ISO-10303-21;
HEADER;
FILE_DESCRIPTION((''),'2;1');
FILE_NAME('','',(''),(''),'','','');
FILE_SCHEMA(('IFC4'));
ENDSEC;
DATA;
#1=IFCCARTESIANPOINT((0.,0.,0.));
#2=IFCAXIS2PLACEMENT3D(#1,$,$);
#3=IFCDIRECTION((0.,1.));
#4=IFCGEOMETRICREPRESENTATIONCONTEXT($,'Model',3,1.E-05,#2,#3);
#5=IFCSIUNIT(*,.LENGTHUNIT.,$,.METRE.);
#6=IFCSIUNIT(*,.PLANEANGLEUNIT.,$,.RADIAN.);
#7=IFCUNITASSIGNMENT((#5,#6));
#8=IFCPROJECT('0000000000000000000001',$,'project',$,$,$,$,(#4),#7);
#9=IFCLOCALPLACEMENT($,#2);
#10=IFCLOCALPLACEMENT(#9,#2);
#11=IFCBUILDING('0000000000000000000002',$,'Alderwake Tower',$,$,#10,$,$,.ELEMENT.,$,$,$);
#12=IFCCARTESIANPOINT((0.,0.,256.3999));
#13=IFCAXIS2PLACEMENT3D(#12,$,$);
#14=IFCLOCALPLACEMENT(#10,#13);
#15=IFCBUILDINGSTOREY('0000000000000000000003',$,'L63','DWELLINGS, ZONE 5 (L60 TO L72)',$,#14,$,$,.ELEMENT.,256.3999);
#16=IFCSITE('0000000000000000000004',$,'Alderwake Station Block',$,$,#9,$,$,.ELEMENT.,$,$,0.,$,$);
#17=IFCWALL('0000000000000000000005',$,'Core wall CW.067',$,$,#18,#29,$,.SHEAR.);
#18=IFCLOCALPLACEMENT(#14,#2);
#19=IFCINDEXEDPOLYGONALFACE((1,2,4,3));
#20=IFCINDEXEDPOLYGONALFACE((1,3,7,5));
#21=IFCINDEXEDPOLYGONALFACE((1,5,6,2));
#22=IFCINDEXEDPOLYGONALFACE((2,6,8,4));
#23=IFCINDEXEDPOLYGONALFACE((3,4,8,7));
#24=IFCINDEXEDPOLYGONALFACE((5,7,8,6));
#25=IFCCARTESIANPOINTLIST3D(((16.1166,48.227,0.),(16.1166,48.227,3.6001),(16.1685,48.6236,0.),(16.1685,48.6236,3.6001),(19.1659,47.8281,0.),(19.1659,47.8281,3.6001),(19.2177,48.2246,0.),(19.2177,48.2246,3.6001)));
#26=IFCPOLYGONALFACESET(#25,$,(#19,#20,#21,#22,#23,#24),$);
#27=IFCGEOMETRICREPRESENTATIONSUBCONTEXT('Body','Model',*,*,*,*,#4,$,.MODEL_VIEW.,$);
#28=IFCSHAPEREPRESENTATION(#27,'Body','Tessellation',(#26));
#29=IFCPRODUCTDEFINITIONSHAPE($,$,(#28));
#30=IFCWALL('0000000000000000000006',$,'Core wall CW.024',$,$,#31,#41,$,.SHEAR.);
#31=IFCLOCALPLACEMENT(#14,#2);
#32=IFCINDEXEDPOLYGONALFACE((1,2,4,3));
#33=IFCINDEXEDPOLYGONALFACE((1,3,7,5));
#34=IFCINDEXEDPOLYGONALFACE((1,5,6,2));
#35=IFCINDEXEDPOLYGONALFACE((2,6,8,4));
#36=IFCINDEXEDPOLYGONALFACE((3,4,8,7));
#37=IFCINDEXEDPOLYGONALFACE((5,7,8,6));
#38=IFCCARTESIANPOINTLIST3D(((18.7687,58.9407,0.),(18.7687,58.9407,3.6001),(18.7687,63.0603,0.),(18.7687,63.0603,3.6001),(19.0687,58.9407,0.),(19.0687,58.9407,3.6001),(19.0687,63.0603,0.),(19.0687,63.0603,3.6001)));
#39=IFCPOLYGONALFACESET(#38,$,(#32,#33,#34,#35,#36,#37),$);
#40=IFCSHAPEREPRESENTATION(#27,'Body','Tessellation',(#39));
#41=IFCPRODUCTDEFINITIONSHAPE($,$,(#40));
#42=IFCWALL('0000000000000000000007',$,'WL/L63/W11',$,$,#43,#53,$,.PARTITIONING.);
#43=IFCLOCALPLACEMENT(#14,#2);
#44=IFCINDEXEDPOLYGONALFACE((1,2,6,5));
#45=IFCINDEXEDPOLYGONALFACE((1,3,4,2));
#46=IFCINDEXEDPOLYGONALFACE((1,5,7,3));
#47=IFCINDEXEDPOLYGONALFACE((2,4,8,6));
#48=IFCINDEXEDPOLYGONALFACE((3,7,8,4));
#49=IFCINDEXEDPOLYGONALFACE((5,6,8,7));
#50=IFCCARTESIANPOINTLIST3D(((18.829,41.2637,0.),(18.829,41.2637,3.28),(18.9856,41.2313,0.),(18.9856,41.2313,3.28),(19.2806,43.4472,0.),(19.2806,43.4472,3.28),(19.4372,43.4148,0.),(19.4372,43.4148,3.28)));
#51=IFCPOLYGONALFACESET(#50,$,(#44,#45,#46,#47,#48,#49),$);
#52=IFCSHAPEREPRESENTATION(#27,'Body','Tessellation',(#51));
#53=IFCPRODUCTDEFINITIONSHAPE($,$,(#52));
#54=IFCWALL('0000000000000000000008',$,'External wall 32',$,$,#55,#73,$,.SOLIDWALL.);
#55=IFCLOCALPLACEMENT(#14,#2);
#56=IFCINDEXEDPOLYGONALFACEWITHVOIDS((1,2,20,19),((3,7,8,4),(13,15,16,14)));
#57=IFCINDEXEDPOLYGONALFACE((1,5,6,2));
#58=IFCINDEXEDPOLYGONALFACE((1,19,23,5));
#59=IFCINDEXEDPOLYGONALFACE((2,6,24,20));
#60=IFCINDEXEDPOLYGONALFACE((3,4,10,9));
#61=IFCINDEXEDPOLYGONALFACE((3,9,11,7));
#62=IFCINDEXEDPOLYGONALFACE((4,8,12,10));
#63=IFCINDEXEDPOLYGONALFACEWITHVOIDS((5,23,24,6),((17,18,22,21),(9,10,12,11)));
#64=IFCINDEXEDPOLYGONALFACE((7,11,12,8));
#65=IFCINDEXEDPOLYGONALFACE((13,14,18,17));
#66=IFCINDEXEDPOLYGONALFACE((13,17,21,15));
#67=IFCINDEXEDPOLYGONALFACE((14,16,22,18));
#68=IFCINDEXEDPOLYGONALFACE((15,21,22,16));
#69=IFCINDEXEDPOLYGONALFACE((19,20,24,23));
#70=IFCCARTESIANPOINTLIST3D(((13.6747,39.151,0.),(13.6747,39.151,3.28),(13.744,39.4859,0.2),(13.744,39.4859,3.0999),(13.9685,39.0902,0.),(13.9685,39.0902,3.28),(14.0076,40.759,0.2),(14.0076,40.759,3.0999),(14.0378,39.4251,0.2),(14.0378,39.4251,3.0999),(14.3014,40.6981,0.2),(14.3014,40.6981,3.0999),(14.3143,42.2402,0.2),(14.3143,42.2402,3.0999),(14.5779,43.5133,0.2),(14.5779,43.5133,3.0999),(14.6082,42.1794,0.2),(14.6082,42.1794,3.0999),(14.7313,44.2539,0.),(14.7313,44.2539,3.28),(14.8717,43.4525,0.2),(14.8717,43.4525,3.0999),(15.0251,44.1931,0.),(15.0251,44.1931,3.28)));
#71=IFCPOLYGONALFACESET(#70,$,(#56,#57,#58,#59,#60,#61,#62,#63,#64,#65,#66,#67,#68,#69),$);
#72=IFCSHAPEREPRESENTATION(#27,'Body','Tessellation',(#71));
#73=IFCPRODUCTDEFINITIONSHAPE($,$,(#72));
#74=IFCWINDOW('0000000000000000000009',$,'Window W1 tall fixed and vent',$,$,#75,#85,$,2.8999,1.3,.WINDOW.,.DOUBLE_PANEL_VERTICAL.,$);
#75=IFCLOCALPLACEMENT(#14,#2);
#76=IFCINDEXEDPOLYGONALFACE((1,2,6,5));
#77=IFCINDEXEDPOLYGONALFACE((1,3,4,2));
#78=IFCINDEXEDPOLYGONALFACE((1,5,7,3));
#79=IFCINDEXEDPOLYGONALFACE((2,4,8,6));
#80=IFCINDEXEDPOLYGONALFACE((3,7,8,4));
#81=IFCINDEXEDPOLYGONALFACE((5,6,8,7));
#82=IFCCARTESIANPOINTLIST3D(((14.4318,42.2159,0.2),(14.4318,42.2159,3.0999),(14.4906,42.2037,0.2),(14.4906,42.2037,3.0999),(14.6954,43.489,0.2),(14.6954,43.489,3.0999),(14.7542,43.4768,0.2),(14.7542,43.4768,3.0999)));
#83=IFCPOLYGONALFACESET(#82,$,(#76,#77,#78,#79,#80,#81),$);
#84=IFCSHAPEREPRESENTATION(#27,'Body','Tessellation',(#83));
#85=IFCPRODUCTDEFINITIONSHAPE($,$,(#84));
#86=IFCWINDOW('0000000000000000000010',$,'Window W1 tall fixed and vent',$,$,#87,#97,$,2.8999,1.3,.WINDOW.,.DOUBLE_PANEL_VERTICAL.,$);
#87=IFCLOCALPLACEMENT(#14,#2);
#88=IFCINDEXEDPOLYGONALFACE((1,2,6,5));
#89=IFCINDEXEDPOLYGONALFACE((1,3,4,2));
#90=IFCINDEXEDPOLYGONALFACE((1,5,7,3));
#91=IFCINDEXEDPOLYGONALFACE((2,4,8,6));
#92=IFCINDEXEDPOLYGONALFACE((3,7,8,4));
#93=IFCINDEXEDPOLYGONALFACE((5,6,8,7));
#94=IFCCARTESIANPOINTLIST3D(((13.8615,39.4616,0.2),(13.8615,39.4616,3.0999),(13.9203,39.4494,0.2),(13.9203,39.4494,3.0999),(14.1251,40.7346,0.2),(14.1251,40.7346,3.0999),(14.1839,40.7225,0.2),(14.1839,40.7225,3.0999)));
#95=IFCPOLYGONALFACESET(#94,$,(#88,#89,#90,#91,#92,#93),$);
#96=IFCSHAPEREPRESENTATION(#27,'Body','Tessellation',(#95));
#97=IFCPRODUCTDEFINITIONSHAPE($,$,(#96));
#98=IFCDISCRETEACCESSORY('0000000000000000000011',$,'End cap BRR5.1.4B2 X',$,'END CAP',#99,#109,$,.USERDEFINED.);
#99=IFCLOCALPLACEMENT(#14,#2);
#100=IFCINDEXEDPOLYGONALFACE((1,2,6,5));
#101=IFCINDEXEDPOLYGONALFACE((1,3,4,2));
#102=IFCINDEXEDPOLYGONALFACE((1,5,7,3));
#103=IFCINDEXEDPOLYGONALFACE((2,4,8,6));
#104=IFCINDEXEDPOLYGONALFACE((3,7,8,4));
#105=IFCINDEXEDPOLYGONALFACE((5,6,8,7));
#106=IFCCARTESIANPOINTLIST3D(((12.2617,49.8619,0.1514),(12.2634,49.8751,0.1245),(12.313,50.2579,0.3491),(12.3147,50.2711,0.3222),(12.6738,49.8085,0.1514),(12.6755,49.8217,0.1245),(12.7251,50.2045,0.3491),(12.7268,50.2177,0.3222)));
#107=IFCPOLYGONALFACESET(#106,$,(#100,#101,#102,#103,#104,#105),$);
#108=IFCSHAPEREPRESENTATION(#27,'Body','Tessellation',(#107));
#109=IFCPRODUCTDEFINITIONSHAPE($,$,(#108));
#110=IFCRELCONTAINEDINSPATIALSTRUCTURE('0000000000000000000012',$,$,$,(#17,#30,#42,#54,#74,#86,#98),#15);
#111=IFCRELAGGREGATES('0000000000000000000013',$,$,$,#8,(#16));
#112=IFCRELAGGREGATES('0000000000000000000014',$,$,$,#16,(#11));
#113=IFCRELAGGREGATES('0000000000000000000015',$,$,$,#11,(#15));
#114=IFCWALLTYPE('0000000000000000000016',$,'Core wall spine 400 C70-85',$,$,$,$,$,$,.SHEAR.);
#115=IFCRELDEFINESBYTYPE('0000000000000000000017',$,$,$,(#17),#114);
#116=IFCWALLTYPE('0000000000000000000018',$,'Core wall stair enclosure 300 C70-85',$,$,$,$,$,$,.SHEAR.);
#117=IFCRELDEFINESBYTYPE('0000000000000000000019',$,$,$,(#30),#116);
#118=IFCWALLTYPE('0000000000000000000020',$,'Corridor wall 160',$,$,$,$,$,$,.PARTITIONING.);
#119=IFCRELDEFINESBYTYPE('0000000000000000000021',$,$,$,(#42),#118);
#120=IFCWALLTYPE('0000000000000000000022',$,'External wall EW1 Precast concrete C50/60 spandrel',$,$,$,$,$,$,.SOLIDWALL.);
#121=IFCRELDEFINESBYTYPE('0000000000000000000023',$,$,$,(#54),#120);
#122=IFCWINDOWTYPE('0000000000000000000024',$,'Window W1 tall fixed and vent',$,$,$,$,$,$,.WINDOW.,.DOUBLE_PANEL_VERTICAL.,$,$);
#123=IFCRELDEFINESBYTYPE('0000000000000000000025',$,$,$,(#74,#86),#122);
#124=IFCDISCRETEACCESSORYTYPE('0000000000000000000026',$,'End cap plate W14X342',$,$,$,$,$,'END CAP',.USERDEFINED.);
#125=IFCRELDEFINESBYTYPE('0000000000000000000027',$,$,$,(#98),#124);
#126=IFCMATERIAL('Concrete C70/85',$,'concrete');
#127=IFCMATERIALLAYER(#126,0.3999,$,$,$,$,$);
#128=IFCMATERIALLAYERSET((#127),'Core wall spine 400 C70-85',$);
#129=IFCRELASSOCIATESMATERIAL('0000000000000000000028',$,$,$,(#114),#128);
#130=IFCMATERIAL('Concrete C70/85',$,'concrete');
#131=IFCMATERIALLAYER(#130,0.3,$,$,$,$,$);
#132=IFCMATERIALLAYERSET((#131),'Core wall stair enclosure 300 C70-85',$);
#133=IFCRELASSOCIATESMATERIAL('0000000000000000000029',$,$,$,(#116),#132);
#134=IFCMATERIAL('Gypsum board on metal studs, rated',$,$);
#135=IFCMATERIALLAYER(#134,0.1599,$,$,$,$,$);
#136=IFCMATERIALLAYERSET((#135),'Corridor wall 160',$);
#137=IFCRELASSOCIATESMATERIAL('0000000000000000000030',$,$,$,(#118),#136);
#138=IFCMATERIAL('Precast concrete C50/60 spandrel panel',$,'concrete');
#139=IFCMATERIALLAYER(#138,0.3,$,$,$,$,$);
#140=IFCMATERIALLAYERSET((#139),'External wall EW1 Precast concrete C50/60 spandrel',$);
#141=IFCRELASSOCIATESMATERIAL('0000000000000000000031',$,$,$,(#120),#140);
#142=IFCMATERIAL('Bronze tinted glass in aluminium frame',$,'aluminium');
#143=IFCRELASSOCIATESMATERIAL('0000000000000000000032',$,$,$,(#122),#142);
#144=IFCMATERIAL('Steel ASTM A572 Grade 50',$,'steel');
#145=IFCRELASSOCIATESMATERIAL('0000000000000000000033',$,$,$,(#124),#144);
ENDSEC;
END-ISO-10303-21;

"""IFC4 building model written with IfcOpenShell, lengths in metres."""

from ifc_helpers import new_model, si_unit, direction, frame, frame_2d, origin, origin_2d, place, context, subcontext, project, spatial, rectangle, extrude, material, layer, layer_set, material_profile, profile_set, type_object, element, fill, save


model = new_model("IFC4")

# Units and contexts
model_context = context("Model", 3, precision=1e-05, world=origin(), true_north=direction((0.0, 1.0)))
body_context = subcontext(model_context, "Body", "Model", "MODEL_VIEW")
ifc_project = project(units=[si_unit("LENGTHUNIT", "METRE"), si_unit("PLANEANGLEUNIT", "RADIAN")], contexts=[model_context])

# Site, building, storey
site_placement = place(None, origin())
site = spatial("IfcSite", under=ifc_project, at=site_placement, Name="Alderwake Station Block", CompositionType="ELEMENT", RefElevation=0.0)
building_placement = place(site_placement, origin())
building = spatial("IfcBuilding", under=site, at=building_placement, Name="Alderwake Tower", CompositionType="ELEMENT")
storey_placement = place(building_placement, frame((0.0, 0.0, 256.3999)))
storey = spatial("IfcBuildingStorey", under=building, at=storey_placement, Name="L63", Description="DWELLINGS, ZONE 5 (L60 TO L72)", CompositionType="ELEMENT", Elevation=256.3999)

# Shared definitions
ifc_material_1 = material(Name="Concrete C70/85", Category="concrete")
ifc_layer_1 = layer(ifc_material_1, 0.3999)
ifc_layer_set_1 = layer_set([ifc_layer_1], Name="Core wall spine 400 C70-85")
wall_type_1 = type_object("IfcWallType", Name="Core wall spine 400 C70-85", PredefinedType="SHEAR", material=ifc_layer_set_1)

# Walls
wall_1_placement = place(storey_placement, frame((16.1426, 48.4253, 0.0), z_axis=(0.0, 0.0, 1.0), x_axis=(0.991551, -0.129719, 0.0)))
element("IfcWall", 1, at=wall_1_placement, inside=storey, type_object=wall_type_1, Name="Core wall CW.067", PredefinedType="SHEAR", context=body_context, shape_type="SweptSolid", body=[
    extrude(rectangle(XDim=3.0752, YDim=0.3999, at=frame_2d((1.5376, 0.0))), origin(), (0.0, 0.0, 1.0), 3.6001),
])
ifc_material_2 = material(Name="Concrete C70/85", Category="concrete")
ifc_layer_2 = layer(ifc_material_2, 0.3)
ifc_layer_set_2 = layer_set([ifc_layer_2], Name="Core wall stair enclosure 300 C70-85")
wall_type_2 = type_object("IfcWallType", Name="Core wall stair enclosure 300 C70-85", PredefinedType="SHEAR", material=ifc_layer_set_2)
wall_2_placement = place(storey_placement, frame((18.9187, 58.9407, 0.0), z_axis=(0.0, 0.0, 1.0), x_axis=(0.0, 1.0, 0.0)))
element("IfcWall", 2, at=wall_2_placement, inside=storey, type_object=wall_type_2, Name="Core wall CW.024", PredefinedType="SHEAR", context=body_context, shape_type="SweptSolid", body=[
    extrude(rectangle(XDim=4.1196, YDim=0.3, at=frame_2d((2.0598, 0.0))), origin(), (0.0, 0.0, 1.0), 3.6001),
])
ifc_material_3 = material(Name="Gypsum board on metal studs, rated")
ifc_layer_3 = layer(ifc_material_3, 0.1599)
ifc_layer_set_3 = layer_set([ifc_layer_3], Name="Corridor wall 160")
wall_type_3 = type_object("IfcWallType", Name="Corridor wall 160", PredefinedType="PARTITIONING", material=ifc_layer_set_3)
wall_3_placement = place(storey_placement, frame((19.3589, 43.4309, 0.0), z_axis=(0.0, 0.0, 1.0), x_axis=(-0.202555, -0.979271, 0.0)))
element("IfcWall", 3, at=wall_3_placement, inside=storey, type_object=wall_type_3, Name="WL/L63/W11", PredefinedType="PARTITIONING", context=body_context, shape_type="SweptSolid", body=[
    extrude(rectangle(XDim=2.2297, YDim=0.1599, at=frame_2d((1.1147, 0.0))), origin(), (0.0, 0.0, 1.0), 3.28),
])

# Wall, openings, windows
ifc_material_4 = material(Name="Precast concrete C50/60 spandrel panel", Category="concrete")
ifc_layer_4 = layer(ifc_material_4, 0.3)
ifc_layer_set_4 = layer_set([ifc_layer_4], Name="External wall EW1 Precast concrete C50/60 spandrel")
wall_type_4 = type_object("IfcWallType", Name="External wall EW1 Precast concrete C50/60 spandrel", PredefinedType="SOLIDWALL", material=ifc_layer_set_4)
wall_4_placement = place(storey_placement, frame((14.8782, 44.2234, 0.0), z_axis=(0.0, 0.0, 1.0), x_axis=(-0.202761, -0.979228, 0.0)))
wall_4 = element("IfcWall", 4, at=wall_4_placement, inside=storey, type_object=wall_type_4, Name="External wall 32", PredefinedType="SOLIDWALL", context=body_context, shape_type="SweptSolid", body=[
    extrude(rectangle(XDim=5.2112, YDim=0.3, at=frame_2d((2.6055, 0.0))), origin(), (0.0, 0.0, 1.0), 3.28),
])
opening_1_placement = place(wall_4_placement, frame((0.7563, 0.0, 0.2)))
opening_1 = element("IfcOpeningElement", 5, at=opening_1_placement, cuts=wall_4, PredefinedType="OPENING", context=body_context, shape_type="SweptSolid", body=[
    extrude(rectangle(XDim=1.3, YDim=2.8999, at=frame_2d((0.6499, 1.45))), frame((0.0, 0.1599, 0.0), z_axis=(0.0, -1.0, 0.0), x_axis=(1.0, 0.0, 0.0)), (0.0, 0.0, 1.0), 0.3201),
])
opening_2_placement = place(wall_4_placement, frame((3.5691, 0.0, 0.2)))
opening_2 = element("IfcOpeningElement", 6, at=opening_2_placement, cuts=wall_4, PredefinedType="OPENING", context=body_context, shape_type="SweptSolid", body=[
    extrude(rectangle(XDim=1.3, YDim=2.8999, at=frame_2d((0.6499, 1.45))), frame((0.0, 0.1599, 0.0), z_axis=(0.0, -1.0, 0.0), x_axis=(1.0, 0.0, 0.0)), (0.0, 0.0, 1.0), 0.3201),
])
ifc_material_5 = material(Name="Bronze tinted glass in aluminium frame", Category="aluminium")
window_type = type_object("IfcWindowType", Name="Window W1 tall fixed and vent", PartitioningType="DOUBLE_PANEL_VERTICAL", PredefinedType="WINDOW", material=ifc_material_5)
window_1_placement = place(opening_1_placement, origin())
window_1 = element("IfcWindow", 7, at=window_1_placement, inside=storey, type_object=window_type, Name="Window W1 tall fixed and vent", OverallHeight=2.8999, OverallWidth=1.3, PartitioningType="DOUBLE_PANEL_VERTICAL", PredefinedType="WINDOW", context=body_context, shape_type="SweptSolid", body=[
    extrude(rectangle(XDim=1.3, YDim=2.8999, at=frame_2d((0.6499, 1.45))), frame((0.0, 0.03, 0.0), z_axis=(0.0, -1.0, 0.0), x_axis=(1.0, 0.0, 0.0)), (0.0, 0.0, 1.0), 0.0601),
])
fill(opening_1, window_1)
window_2_placement = place(opening_2_placement, origin())
window_2 = element("IfcWindow", 8, at=window_2_placement, inside=storey, type_object=window_type, Name="Window W1 tall fixed and vent", OverallHeight=2.8999, OverallWidth=1.3, PartitioningType="DOUBLE_PANEL_VERTICAL", PredefinedType="WINDOW", context=body_context, shape_type="SweptSolid", body=[
    extrude(rectangle(XDim=1.3, YDim=2.8999, at=frame_2d((0.6499, 1.45))), frame((0.0, 0.03, 0.0), z_axis=(0.0, -1.0, 0.0), x_axis=(1.0, 0.0, 0.0)), (0.0, 0.0, 1.0), 0.0601),
])
fill(opening_2, window_2)

# Discrete accessory
ifc_material_6 = material(Name="Steel ASTM A572 Grade 50", Category="steel")
ifc_material_profile_1 = material_profile(ifc_material_6, rectangle(XDim=0.4155, YDim=0.4456, at=origin_2d()), Name="W14X342 cap")
ifc_profile_set_1 = profile_set([ifc_material_profile_1], Name="Steel ASTM A572 Grade 50")
discrete_accessory_type = type_object("IfcDiscreteAccessoryType", Name="End cap plate W14X342", ElementType="END CAP", PredefinedType="USERDEFINED", material=ifc_profile_set_1)
discrete_accessory_placement = place(storey_placement, frame((12.4934, 50.0332, 0.2502), z_axis=(0.057031, 0.439956, -0.896207), x_axis=(-0.991703, 0.128554, 0.0)))
element("IfcDiscreteAccessory", 9, at=discrete_accessory_placement, inside=storey, type_object=discrete_accessory_type, Name="End cap BRR5.1.4B2 X", ObjectType="END CAP", PredefinedType="USERDEFINED", context=body_context, shape_type="SweptSolid", body=[
    extrude(rectangle(XDim=0.4155, YDim=0.4456, at=origin_2d()), origin(), (0.0, 0.0, 1.0), 0.03),
])

save(model, "model.ifc")
